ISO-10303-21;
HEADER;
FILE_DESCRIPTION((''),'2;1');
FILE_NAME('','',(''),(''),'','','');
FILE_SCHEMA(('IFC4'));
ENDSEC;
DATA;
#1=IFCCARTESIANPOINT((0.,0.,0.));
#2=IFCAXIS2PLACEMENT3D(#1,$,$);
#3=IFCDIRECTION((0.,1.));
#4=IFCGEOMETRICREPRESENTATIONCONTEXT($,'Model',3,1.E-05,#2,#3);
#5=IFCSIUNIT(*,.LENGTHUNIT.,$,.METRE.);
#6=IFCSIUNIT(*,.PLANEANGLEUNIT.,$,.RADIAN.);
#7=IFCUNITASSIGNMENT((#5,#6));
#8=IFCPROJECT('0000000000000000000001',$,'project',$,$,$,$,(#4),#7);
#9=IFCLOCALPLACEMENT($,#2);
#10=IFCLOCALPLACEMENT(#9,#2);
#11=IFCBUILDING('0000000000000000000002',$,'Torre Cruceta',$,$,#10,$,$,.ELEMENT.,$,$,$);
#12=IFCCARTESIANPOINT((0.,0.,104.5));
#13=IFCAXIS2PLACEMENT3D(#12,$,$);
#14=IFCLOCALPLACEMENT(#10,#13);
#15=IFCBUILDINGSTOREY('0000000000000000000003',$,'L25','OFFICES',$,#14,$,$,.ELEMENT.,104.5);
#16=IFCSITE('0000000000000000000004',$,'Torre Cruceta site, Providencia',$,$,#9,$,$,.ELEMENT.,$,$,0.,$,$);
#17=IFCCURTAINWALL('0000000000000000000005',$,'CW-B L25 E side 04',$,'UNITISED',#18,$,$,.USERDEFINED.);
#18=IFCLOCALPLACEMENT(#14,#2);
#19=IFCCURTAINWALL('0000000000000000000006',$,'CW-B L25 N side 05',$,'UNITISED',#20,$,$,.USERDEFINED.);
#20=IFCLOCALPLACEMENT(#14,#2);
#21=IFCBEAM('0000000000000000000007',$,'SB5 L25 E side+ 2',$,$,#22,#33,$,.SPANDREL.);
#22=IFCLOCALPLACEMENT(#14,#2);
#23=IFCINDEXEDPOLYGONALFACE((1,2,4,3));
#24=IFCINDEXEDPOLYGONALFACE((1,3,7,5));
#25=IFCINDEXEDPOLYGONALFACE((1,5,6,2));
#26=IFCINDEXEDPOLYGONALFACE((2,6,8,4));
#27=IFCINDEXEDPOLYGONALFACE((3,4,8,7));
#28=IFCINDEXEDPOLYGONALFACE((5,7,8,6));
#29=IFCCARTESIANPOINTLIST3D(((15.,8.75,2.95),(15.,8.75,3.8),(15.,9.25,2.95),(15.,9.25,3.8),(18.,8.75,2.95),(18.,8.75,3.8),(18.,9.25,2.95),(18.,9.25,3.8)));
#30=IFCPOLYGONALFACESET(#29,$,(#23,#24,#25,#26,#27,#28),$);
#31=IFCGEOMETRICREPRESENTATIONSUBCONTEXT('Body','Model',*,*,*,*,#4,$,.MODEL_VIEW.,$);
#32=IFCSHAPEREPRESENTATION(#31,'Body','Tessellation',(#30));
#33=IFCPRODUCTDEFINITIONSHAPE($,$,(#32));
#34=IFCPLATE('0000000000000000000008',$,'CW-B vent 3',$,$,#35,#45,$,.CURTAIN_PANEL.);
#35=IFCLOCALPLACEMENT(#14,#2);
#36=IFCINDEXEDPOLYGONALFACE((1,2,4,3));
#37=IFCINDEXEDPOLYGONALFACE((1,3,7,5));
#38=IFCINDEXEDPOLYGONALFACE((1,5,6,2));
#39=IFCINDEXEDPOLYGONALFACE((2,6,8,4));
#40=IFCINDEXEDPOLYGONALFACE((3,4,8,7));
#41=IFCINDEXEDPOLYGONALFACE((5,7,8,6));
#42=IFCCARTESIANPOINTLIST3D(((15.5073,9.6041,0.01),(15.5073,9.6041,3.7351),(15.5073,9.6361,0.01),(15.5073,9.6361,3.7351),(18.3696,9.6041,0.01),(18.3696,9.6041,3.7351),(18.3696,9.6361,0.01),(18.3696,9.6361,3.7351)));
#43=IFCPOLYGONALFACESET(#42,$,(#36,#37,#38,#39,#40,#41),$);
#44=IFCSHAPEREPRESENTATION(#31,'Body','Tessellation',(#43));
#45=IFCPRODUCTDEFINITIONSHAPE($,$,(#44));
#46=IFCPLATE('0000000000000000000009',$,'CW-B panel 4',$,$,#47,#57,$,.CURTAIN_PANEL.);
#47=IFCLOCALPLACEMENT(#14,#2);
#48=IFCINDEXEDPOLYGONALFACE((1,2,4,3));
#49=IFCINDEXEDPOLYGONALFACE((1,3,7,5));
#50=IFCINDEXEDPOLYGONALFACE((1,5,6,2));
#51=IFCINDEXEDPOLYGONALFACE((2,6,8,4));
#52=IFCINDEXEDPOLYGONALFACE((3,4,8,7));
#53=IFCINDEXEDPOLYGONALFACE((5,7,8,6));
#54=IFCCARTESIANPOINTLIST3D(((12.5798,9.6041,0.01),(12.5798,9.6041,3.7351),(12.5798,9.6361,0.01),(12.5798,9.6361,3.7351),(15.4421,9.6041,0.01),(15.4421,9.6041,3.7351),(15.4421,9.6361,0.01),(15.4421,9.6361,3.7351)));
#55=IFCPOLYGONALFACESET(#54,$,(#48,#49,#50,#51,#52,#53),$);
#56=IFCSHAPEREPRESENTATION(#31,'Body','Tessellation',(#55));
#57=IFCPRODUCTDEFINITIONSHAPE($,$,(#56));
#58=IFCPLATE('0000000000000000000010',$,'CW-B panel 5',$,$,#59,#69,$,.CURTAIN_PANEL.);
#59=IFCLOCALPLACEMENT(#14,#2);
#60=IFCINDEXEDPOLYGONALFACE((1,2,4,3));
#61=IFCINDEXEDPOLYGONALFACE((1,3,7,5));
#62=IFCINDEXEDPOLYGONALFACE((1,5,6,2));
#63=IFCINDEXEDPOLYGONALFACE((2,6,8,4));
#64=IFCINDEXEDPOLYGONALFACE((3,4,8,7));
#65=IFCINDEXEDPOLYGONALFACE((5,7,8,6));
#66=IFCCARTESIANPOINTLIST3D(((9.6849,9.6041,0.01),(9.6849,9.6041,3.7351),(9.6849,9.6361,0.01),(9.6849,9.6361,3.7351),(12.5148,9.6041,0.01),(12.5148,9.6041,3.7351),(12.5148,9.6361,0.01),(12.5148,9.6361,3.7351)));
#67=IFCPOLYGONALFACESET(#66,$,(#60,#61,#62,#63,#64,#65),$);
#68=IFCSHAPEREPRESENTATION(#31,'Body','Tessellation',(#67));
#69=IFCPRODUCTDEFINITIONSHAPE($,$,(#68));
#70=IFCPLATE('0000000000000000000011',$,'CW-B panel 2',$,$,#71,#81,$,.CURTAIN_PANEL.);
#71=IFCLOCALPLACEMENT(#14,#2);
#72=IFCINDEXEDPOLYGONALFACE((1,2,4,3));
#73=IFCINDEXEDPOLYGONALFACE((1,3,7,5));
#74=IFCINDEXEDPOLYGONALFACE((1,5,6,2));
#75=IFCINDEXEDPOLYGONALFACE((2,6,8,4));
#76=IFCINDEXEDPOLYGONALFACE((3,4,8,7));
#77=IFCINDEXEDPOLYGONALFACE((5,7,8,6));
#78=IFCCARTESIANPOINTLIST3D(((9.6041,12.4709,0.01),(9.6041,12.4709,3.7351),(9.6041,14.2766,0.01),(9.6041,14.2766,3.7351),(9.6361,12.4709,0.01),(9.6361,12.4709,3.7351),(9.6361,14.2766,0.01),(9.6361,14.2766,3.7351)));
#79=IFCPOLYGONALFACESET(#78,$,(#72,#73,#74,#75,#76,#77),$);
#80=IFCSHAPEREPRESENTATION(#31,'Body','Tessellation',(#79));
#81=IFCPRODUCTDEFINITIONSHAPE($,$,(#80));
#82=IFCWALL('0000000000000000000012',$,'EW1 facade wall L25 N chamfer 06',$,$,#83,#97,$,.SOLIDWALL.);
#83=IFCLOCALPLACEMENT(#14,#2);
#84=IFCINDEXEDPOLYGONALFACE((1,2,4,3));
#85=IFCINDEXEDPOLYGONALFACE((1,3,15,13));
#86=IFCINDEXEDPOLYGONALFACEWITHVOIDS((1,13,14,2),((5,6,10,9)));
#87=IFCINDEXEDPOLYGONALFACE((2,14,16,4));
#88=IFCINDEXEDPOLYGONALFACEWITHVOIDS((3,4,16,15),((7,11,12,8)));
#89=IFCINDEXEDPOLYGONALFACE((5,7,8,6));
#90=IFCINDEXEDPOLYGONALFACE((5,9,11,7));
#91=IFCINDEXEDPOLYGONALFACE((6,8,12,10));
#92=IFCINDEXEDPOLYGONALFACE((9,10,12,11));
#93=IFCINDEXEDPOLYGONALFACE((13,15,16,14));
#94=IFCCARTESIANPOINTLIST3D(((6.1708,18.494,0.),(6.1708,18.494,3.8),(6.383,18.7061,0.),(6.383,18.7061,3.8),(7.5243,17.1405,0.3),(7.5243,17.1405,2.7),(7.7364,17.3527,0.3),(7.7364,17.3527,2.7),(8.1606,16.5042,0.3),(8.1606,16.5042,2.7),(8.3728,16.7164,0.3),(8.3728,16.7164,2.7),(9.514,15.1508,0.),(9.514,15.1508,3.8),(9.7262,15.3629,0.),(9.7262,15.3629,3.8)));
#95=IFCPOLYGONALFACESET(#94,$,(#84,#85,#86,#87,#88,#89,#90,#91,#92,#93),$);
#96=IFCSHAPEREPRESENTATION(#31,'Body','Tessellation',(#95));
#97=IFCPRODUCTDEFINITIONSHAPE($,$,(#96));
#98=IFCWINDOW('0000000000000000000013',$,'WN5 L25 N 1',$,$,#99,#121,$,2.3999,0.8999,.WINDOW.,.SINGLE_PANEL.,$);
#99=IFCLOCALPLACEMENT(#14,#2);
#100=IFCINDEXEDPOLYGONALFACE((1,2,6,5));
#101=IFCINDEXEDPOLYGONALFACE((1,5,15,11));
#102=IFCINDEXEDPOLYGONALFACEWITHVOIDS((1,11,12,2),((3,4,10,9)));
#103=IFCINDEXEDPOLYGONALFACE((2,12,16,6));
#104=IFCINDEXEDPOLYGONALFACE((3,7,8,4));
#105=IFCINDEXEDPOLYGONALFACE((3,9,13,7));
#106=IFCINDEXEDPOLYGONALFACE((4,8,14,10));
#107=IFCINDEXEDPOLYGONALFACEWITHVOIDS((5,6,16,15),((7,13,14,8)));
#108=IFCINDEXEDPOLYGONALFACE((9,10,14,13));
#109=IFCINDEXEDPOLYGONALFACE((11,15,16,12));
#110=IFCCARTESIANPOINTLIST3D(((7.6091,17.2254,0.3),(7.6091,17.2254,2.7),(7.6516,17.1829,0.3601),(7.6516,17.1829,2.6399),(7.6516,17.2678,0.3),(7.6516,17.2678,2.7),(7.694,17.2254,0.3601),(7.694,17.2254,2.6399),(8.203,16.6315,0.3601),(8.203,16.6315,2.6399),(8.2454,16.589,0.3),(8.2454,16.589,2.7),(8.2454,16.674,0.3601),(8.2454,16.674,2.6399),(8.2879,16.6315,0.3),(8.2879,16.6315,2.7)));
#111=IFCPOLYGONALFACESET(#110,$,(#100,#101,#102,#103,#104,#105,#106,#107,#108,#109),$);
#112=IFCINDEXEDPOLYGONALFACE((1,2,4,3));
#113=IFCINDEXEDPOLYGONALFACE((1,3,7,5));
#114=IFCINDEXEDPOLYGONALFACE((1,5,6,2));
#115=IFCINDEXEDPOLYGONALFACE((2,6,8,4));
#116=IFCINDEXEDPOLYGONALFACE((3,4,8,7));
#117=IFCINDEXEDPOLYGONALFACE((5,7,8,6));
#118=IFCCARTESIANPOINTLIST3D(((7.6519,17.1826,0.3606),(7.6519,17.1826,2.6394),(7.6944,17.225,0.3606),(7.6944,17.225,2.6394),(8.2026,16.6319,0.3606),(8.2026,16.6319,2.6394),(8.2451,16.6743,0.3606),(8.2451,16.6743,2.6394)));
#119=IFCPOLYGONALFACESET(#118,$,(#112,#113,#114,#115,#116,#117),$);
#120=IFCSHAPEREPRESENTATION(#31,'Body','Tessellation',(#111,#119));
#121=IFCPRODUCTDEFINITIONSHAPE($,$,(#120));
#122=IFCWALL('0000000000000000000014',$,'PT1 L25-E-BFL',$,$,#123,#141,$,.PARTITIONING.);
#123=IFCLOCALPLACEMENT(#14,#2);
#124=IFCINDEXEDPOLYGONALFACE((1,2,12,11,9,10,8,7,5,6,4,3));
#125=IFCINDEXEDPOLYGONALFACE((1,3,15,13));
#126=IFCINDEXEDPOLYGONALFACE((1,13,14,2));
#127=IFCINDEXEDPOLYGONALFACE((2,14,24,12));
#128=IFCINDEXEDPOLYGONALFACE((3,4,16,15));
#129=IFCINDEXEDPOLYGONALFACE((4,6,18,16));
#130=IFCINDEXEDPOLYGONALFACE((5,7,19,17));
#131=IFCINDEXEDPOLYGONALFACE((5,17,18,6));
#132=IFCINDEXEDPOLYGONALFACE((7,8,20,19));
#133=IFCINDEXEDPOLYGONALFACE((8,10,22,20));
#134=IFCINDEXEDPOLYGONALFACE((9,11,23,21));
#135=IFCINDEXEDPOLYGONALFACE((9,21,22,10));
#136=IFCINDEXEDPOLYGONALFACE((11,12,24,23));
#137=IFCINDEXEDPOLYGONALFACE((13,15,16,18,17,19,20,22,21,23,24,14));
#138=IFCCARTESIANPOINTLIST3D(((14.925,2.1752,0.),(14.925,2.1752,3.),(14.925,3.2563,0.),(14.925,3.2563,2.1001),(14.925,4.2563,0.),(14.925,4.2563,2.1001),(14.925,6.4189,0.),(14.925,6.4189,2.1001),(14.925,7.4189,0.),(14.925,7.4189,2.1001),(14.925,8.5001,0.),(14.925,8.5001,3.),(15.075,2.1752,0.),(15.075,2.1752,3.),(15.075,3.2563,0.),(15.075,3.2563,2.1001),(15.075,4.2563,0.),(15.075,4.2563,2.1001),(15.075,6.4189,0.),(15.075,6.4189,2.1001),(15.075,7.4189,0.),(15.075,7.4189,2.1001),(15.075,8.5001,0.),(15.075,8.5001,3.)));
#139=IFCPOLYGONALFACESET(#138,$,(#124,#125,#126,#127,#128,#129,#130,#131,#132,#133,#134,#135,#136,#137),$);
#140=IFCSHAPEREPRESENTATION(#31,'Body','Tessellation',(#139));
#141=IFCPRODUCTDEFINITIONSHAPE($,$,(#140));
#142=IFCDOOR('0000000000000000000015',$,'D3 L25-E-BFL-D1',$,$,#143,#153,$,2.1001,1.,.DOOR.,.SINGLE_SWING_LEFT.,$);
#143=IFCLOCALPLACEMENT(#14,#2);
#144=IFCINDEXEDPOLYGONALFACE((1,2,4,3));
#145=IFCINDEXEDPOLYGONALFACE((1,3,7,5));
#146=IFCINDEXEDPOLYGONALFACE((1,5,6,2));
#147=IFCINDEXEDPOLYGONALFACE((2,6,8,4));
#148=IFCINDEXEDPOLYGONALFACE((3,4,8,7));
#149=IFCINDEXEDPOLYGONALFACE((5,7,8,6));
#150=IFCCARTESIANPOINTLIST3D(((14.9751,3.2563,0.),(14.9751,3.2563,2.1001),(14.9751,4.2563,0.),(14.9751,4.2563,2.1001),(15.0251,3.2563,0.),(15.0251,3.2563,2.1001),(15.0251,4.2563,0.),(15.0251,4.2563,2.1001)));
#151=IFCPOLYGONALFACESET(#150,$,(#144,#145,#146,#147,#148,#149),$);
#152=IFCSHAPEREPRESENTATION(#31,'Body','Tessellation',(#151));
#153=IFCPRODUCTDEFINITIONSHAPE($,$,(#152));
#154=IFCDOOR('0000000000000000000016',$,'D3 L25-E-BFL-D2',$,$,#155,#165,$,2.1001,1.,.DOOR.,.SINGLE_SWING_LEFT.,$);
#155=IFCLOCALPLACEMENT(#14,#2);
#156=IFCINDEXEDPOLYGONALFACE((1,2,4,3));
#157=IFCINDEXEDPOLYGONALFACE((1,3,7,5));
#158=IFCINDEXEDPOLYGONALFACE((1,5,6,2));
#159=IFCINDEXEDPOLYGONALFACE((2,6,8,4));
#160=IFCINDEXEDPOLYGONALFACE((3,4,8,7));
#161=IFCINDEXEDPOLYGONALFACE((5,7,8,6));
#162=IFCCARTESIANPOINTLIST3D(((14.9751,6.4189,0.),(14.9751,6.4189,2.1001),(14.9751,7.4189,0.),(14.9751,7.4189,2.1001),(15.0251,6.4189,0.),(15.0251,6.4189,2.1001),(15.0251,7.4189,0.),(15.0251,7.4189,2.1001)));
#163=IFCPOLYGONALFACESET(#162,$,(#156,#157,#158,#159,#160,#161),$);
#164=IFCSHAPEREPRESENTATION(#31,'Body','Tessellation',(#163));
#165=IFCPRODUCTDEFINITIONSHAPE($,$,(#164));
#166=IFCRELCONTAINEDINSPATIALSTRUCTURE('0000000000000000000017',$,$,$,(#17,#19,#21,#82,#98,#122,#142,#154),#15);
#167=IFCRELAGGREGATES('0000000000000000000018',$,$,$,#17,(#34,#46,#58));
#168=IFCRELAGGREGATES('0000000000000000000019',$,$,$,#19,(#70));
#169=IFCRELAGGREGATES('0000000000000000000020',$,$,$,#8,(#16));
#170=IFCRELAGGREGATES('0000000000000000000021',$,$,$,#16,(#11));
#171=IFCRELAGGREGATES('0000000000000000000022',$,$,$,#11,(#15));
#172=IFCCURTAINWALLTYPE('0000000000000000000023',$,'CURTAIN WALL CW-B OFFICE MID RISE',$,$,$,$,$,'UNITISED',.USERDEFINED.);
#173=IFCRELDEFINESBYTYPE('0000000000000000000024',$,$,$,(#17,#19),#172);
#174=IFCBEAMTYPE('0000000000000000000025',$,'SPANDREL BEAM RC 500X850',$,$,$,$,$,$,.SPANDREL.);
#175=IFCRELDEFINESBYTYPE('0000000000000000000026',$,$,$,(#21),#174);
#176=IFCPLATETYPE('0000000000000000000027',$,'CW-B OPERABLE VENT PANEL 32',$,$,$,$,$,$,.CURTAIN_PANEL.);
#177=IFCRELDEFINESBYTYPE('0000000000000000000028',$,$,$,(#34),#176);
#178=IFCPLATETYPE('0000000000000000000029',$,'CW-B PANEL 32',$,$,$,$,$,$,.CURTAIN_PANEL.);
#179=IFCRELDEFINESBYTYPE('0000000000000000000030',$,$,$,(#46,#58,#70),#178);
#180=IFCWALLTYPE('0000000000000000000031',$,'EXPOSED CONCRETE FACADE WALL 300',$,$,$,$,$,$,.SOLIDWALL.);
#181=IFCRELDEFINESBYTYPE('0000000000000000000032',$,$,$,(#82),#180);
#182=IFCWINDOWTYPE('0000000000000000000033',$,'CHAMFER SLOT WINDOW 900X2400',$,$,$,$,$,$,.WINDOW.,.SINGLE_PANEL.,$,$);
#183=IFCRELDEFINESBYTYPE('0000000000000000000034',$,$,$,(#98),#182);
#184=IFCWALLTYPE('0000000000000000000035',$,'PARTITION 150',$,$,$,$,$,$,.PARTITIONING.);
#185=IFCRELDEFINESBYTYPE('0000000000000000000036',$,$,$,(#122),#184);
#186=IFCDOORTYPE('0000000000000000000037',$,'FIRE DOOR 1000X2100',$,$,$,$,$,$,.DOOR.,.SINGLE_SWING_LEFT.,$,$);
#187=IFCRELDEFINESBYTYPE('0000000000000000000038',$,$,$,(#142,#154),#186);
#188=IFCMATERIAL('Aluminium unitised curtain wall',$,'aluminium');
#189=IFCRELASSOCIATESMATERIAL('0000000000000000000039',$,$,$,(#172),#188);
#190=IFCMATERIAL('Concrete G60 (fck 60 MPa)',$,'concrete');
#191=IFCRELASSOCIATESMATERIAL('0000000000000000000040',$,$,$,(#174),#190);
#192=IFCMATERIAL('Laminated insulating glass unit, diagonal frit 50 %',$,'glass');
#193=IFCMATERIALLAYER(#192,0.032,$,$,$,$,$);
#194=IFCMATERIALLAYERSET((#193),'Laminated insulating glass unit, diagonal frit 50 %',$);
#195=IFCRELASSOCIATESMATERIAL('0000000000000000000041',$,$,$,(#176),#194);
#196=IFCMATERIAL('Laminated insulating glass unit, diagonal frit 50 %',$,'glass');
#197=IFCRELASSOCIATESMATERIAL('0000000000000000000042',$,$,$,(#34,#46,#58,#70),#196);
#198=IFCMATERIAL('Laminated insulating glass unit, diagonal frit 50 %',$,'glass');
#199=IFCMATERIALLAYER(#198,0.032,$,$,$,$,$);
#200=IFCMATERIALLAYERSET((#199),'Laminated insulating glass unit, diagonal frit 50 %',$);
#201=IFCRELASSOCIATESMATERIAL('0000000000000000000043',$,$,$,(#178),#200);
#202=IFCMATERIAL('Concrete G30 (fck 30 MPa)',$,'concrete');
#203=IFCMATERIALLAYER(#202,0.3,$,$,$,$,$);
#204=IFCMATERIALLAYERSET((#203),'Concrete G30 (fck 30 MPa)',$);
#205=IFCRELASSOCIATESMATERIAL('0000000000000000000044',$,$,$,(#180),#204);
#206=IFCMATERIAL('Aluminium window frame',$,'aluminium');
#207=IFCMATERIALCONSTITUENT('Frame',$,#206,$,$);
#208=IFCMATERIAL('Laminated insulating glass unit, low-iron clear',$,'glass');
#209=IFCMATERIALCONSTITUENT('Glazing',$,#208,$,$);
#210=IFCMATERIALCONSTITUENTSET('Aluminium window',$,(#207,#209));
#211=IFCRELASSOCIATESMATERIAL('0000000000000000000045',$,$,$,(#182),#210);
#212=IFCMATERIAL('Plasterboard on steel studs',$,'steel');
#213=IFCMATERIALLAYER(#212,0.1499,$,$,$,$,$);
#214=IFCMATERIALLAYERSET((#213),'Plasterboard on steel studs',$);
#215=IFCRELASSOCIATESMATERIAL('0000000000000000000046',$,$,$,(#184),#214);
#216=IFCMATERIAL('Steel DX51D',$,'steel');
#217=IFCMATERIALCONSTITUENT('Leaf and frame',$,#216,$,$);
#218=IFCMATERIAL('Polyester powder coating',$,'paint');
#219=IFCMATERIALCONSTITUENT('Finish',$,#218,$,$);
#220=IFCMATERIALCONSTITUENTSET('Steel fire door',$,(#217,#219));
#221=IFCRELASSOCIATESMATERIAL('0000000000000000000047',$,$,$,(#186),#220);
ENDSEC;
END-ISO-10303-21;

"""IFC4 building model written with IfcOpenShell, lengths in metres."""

from ifc_helpers import new_model, si_unit, direction, frame, frame_2d, origin, origin_2d, place, context, subcontext, project, spatial, rectangle, hollow_rectangle, extrude, material, layer, layer_set, constituent, constituent_set, material_profile, profile_set, type_object, element, fill, aggregate, save


model = new_model("IFC4")

# Units and contexts
model_context = context("Model", 3, precision=1e-05, world=origin(), true_north=direction((0.0, 1.0)))
body_context = subcontext(model_context, "Body", "Model", "MODEL_VIEW")
ifc_project = project(units=[si_unit("LENGTHUNIT", "METRE"), si_unit("PLANEANGLEUNIT", "RADIAN")], contexts=[model_context])

# Site, building, storey
site_placement = place(None, origin())
site = spatial("IfcSite", under=ifc_project, at=site_placement, Name="Torre Cruceta site, Providencia", CompositionType="ELEMENT", RefElevation=0.0)
building_placement = place(site_placement, origin())
building = spatial("IfcBuilding", under=site, at=building_placement, Name="Torre Cruceta", CompositionType="ELEMENT")
storey_placement = place(building_placement, frame((0.0, 0.0, 104.5)))
storey = spatial("IfcBuildingStorey", under=building, at=storey_placement, Name="L25", Description="OFFICES", CompositionType="ELEMENT", Elevation=104.5)

# Curtain wall
ifc_material_1 = material(Name="Aluminium unitised curtain wall", Category="aluminium")
curtain_wall_type = type_object("IfcCurtainWallType", Name="CURTAIN WALL CW-B OFFICE MID RISE", ElementType="UNITISED", PredefinedType="USERDEFINED", material=ifc_material_1)
curtain_wall_1_placement = place(storey_placement, origin())
curtain_wall_1 = element("IfcCurtainWall", 1, at=curtain_wall_1_placement, inside=storey, type_object=curtain_wall_type, Name="CW-B L25 E side 04", ObjectType="UNITISED", PredefinedType="USERDEFINED")

# Curtain wall
curtain_wall_2_placement = place(storey_placement, origin())
curtain_wall_2 = element("IfcCurtainWall", 2, at=curtain_wall_2_placement, inside=storey, type_object=curtain_wall_type, Name="CW-B L25 N side 05", ObjectType="UNITISED", PredefinedType="USERDEFINED")

# Beam
ifc_material_2 = material(Name="Concrete G60 (fck 60 MPa)", Category="concrete")
ifc_material_profile_1 = material_profile(ifc_material_2, rectangle(XDim=0.5, YDim=0.8501, at=origin_2d()), Name="RC 500X850")
ifc_profile_set_1 = profile_set([ifc_material_profile_1], Name="Concrete G60 (fck 60 MPa)")
beam_type_1 = type_object("IfcBeamType", Name="SPANDREL BEAM RC 500X850", PredefinedType="SPANDREL", material=ifc_profile_set_1)
beam_1_placement = place(storey_placement, frame((15.0, 9.0, 3.375), z_axis=(1.0, 0.0, 0.0), x_axis=(0.0, 1.0, 0.0)))
element("IfcBeam", 3, at=beam_1_placement, inside=storey, type_object=beam_type_1, Name="SB5 L25 E side+ 2", PredefinedType="SPANDREL", context=body_context, shape_type="SweptSolid", body=[
    extrude(rectangle(XDim=0.5, YDim=0.8501, at=origin_2d()), origin(), (0.0, 0.0, 1.0), 3.0),
])

# Plates
ifc_material_3 = material(Name="Laminated insulating glass unit, diagonal frit 50 %", Category="glass")
ifc_material_4 = material(Name="Laminated insulating glass unit, diagonal frit 50 %", Category="glass")
ifc_layer_1 = layer(ifc_material_4, 0.032)
ifc_layer_set_1 = layer_set([ifc_layer_1], Name="Laminated insulating glass unit, diagonal frit 50 %")
plate_type_1 = type_object("IfcPlateType", Name="CW-B OPERABLE VENT PANEL 32", PredefinedType="CURTAIN_PANEL", material=ifc_layer_set_1)
plate_1_placement = place(storey_placement, frame((16.9385, 9.6201, 0.01), z_axis=(0.0, 0.0, 1.0), x_axis=(-1.0, 0.0, 0.0)))
plate_1 = element("IfcPlate", 4, at=plate_1_placement, type_object=plate_type_1, material=ifc_material_3, Name="CW-B vent 3", PredefinedType="CURTAIN_PANEL", context=body_context, shape_type="SweptSolid", body=[
    extrude(rectangle(XDim=2.8623, YDim=0.032, at=origin_2d()), origin(), (0.0, 0.0, 1.0), 3.7251),
])
ifc_material_5 = material(Name="Laminated insulating glass unit, diagonal frit 50 %", Category="glass")
ifc_layer_2 = layer(ifc_material_5, 0.032)
ifc_layer_set_2 = layer_set([ifc_layer_2], Name="Laminated insulating glass unit, diagonal frit 50 %")
plate_type_2 = type_object("IfcPlateType", Name="CW-B PANEL 32", PredefinedType="CURTAIN_PANEL", material=ifc_layer_set_2)
plate_2_placement = place(storey_placement, frame((14.011, 9.6201, 0.01), z_axis=(0.0, 0.0, 1.0), x_axis=(-1.0, 0.0, 0.0)))
plate_2 = element("IfcPlate", 5, at=plate_2_placement, type_object=plate_type_2, material=ifc_material_3, Name="CW-B panel 4", PredefinedType="CURTAIN_PANEL", context=body_context, shape_type="SweptSolid", body=[
    extrude(rectangle(XDim=2.8623, YDim=0.032, at=origin_2d()), origin(), (0.0, 0.0, 1.0), 3.7251),
])
plate_3_placement = place(storey_placement, frame((11.0999, 9.6201, 0.01), z_axis=(0.0, 0.0, 1.0), x_axis=(-1.0, 0.0, 0.0)))
plate_3 = element("IfcPlate", 6, at=plate_3_placement, type_object=plate_type_2, material=ifc_material_3, Name="CW-B panel 5", PredefinedType="CURTAIN_PANEL", context=body_context, shape_type="SweptSolid", body=[
    extrude(rectangle(XDim=2.8298, YDim=0.032, at=origin_2d()), origin(), (0.0, 0.0, 1.0), 3.7251),
])
aggregate(curtain_wall_1, [plate_1, plate_2, plate_3])
plate_4_placement = place(storey_placement, frame((9.6201, 13.3738, 0.01), z_axis=(0.0, 0.0, 1.0), x_axis=(0.0, 1.0, 0.0)))
plate_4 = element("IfcPlate", 7, at=plate_4_placement, type_object=plate_type_2, material=ifc_material_3, Name="CW-B panel 2", PredefinedType="CURTAIN_PANEL", context=body_context, shape_type="SweptSolid", body=[
    extrude(rectangle(XDim=1.8057, YDim=0.032, at=origin_2d()), origin(), (0.0, 0.0, 1.0), 3.7251),
])
aggregate(curtain_wall_2, [plate_4])

# Wall, opening, window
ifc_material_6 = material(Name="Concrete G30 (fck 30 MPa)", Category="concrete")
ifc_layer_3 = layer(ifc_material_6, 0.3)
ifc_layer_set_3 = layer_set([ifc_layer_3], Name="Concrete G30 (fck 30 MPa)")
wall_type_1 = type_object("IfcWallType", Name="EXPOSED CONCRETE FACADE WALL 300", PredefinedType="SOLIDWALL", material=ifc_layer_set_3)
wall_1_placement = place(storey_placement, frame((9.6201, 15.2568, 0.0), z_axis=(0.0, 0.0, 1.0), x_axis=(-0.707107, 0.707107, 0.0)))
wall_1 = element("IfcWall", 8, at=wall_1_placement, inside=storey, type_object=wall_type_1, Name="EW1 facade wall L25 N chamfer 06", PredefinedType="SOLIDWALL", context=body_context, shape_type="SweptSolid", body=[
    extrude(rectangle(XDim=4.728, YDim=0.3, at=frame_2d((2.364, 0.0))), origin(), (0.0, 0.0, 1.0), 3.8),
])
opening_1_placement = place(wall_1_placement, frame((1.9141, 0.0, 0.3)))
opening_1 = element("IfcOpeningElement", 9, at=opening_1_placement, cuts=wall_1, PredefinedType="OPENING", context=body_context, shape_type="SweptSolid", body=[
    extrude(rectangle(XDim=0.8999, YDim=2.3999, at=frame_2d((0.45, 1.2))), frame((0.0, 0.1599, 0.0), z_axis=(0.0, -1.0, 0.0), x_axis=(1.0, 0.0, 0.0)), (0.0, 0.0, 1.0), 0.3201),
])
ifc_material_7 = material(Name="Aluminium window frame", Category="aluminium")
ifc_constituent_1 = constituent(ifc_material_7, Name="Frame")
ifc_material_8 = material(Name="Laminated insulating glass unit, low-iron clear", Category="glass")
ifc_constituent_2 = constituent(ifc_material_8, Name="Glazing")
ifc_constituent_set_1 = constituent_set(constituents=[ifc_constituent_1, ifc_constituent_2], Name="Aluminium window")
window_type = type_object("IfcWindowType", Name="CHAMFER SLOT WINDOW 900X2400", PartitioningType="SINGLE_PANEL", PredefinedType="WINDOW", material=ifc_constituent_set_1)
window_placement = place(opening_1_placement, origin())
window = element("IfcWindow", 10, at=window_placement, inside=storey, type_object=window_type, Name="WN5 L25 N 1", OverallHeight=2.3999, OverallWidth=0.8999, PartitioningType="SINGLE_PANEL", PredefinedType="WINDOW", context=body_context, shape_type="SweptSolid", body=[
    extrude(hollow_rectangle(XDim=0.8999, YDim=2.3999, WallThickness=0.0601, at=frame_2d((0.45, 1.2))), frame((0.0, 0.03, 0.0), z_axis=(0.0, -1.0, 0.0), x_axis=(1.0, 0.0, 0.0)), (0.0, 0.0, 1.0), 0.0601),
    extrude(rectangle(XDim=0.7788, YDim=2.2788, at=frame_2d((0.45, 1.2))), frame((0.0, 0.03, 0.0), z_axis=(0.0, -1.0, 0.0), x_axis=(1.0, 0.0, 0.0)), (0.0, 0.0, 1.0), 0.0601),
])
fill(opening_1, window)

# Wall, openings, doors
ifc_material_9 = material(Name="Plasterboard on steel studs", Category="steel")
ifc_layer_4 = layer(ifc_material_9, 0.1499)
ifc_layer_set_4 = layer_set([ifc_layer_4], Name="Plasterboard on steel studs")
wall_type_2 = type_object("IfcWallType", Name="PARTITION 150", PredefinedType="PARTITIONING", material=ifc_layer_set_4)
wall_2_placement = place(storey_placement, frame((15.0, 2.175, 0.0), z_axis=(0.0, 0.0, 1.0), x_axis=(0.0, 1.0, 0.0)))
wall_2 = element("IfcWall", 11, at=wall_2_placement, inside=storey, type_object=wall_type_2, Name="PT1 L25-E-BFL", PredefinedType="PARTITIONING", context=body_context, shape_type="SweptSolid", body=[
    extrude(rectangle(XDim=6.325, YDim=0.1499, at=frame_2d((3.1626, 0.0))), origin(), (0.0, 0.0, 1.0), 3.0),
])
opening_2_placement = place(wall_2_placement, frame((1.0813, 0.0, 0.0)))
opening_2 = element("IfcOpeningElement", 12, at=opening_2_placement, cuts=wall_2, PredefinedType="OPENING", context=body_context, shape_type="SweptSolid", body=[
    extrude(rectangle(XDim=1.0, YDim=2.1001, at=frame_2d((0.5, 1.05))), frame((0.0, 0.085, 0.0), z_axis=(0.0, -1.0, 0.0), x_axis=(1.0, 0.0, 0.0)), (0.0, 0.0, 1.0), 0.1699),
])
opening_3_placement = place(wall_2_placement, frame((4.2439, 0.0, 0.0)))
opening_3 = element("IfcOpeningElement", 13, at=opening_3_placement, cuts=wall_2, PredefinedType="OPENING", context=body_context, shape_type="SweptSolid", body=[
    extrude(rectangle(XDim=1.0, YDim=2.1001, at=frame_2d((0.5, 1.05))), frame((0.0, 0.085, 0.0), z_axis=(0.0, -1.0, 0.0), x_axis=(1.0, 0.0, 0.0)), (0.0, 0.0, 1.0), 0.1699),
])
ifc_material_10 = material(Name="Steel DX51D", Category="steel")
ifc_constituent_3 = constituent(ifc_material_10, Name="Leaf and frame")
ifc_material_11 = material(Name="Polyester powder coating", Category="paint")
ifc_constituent_4 = constituent(ifc_material_11, Name="Finish")
ifc_constituent_set_2 = constituent_set(constituents=[ifc_constituent_3, ifc_constituent_4], Name="Steel fire door")
door_type = type_object("IfcDoorType", Name="FIRE DOOR 1000X2100", OperationType="SINGLE_SWING_LEFT", PredefinedType="DOOR", material=ifc_constituent_set_2)
door_1_placement = place(opening_2_placement, origin())
door_1 = element("IfcDoor", 14, at=door_1_placement, inside=storey, type_object=door_type, Name="D3 L25-E-BFL-D1", OperationType="SINGLE_SWING_LEFT", OverallHeight=2.1001, OverallWidth=1.0, PredefinedType="DOOR", context=body_context, shape_type="SweptSolid", body=[
    extrude(rectangle(XDim=1.0, YDim=2.1001, at=frame_2d((0.5, 1.05))), frame((0.0, 0.0249, 0.0), z_axis=(0.0, -1.0, 0.0), x_axis=(1.0, 0.0, 0.0)), (0.0, 0.0, 1.0), 0.05),
])
fill(opening_2, door_1)
door_2_placement = place(opening_3_placement, origin())
door_2 = element("IfcDoor", 15, at=door_2_placement, inside=storey, type_object=door_type, Name="D3 L25-E-BFL-D2", OperationType="SINGLE_SWING_LEFT", OverallHeight=2.1001, OverallWidth=1.0, PredefinedType="DOOR", context=body_context, shape_type="SweptSolid", body=[
    extrude(rectangle(XDim=1.0, YDim=2.1001, at=frame_2d((0.5, 1.05))), frame((0.0, 0.0249, 0.0), z_axis=(0.0, -1.0, 0.0), x_axis=(1.0, 0.0, 0.0)), (0.0, 0.0, 1.0), 0.05),
])
fill(opening_3, door_2)

save(model, "model.ifc")
